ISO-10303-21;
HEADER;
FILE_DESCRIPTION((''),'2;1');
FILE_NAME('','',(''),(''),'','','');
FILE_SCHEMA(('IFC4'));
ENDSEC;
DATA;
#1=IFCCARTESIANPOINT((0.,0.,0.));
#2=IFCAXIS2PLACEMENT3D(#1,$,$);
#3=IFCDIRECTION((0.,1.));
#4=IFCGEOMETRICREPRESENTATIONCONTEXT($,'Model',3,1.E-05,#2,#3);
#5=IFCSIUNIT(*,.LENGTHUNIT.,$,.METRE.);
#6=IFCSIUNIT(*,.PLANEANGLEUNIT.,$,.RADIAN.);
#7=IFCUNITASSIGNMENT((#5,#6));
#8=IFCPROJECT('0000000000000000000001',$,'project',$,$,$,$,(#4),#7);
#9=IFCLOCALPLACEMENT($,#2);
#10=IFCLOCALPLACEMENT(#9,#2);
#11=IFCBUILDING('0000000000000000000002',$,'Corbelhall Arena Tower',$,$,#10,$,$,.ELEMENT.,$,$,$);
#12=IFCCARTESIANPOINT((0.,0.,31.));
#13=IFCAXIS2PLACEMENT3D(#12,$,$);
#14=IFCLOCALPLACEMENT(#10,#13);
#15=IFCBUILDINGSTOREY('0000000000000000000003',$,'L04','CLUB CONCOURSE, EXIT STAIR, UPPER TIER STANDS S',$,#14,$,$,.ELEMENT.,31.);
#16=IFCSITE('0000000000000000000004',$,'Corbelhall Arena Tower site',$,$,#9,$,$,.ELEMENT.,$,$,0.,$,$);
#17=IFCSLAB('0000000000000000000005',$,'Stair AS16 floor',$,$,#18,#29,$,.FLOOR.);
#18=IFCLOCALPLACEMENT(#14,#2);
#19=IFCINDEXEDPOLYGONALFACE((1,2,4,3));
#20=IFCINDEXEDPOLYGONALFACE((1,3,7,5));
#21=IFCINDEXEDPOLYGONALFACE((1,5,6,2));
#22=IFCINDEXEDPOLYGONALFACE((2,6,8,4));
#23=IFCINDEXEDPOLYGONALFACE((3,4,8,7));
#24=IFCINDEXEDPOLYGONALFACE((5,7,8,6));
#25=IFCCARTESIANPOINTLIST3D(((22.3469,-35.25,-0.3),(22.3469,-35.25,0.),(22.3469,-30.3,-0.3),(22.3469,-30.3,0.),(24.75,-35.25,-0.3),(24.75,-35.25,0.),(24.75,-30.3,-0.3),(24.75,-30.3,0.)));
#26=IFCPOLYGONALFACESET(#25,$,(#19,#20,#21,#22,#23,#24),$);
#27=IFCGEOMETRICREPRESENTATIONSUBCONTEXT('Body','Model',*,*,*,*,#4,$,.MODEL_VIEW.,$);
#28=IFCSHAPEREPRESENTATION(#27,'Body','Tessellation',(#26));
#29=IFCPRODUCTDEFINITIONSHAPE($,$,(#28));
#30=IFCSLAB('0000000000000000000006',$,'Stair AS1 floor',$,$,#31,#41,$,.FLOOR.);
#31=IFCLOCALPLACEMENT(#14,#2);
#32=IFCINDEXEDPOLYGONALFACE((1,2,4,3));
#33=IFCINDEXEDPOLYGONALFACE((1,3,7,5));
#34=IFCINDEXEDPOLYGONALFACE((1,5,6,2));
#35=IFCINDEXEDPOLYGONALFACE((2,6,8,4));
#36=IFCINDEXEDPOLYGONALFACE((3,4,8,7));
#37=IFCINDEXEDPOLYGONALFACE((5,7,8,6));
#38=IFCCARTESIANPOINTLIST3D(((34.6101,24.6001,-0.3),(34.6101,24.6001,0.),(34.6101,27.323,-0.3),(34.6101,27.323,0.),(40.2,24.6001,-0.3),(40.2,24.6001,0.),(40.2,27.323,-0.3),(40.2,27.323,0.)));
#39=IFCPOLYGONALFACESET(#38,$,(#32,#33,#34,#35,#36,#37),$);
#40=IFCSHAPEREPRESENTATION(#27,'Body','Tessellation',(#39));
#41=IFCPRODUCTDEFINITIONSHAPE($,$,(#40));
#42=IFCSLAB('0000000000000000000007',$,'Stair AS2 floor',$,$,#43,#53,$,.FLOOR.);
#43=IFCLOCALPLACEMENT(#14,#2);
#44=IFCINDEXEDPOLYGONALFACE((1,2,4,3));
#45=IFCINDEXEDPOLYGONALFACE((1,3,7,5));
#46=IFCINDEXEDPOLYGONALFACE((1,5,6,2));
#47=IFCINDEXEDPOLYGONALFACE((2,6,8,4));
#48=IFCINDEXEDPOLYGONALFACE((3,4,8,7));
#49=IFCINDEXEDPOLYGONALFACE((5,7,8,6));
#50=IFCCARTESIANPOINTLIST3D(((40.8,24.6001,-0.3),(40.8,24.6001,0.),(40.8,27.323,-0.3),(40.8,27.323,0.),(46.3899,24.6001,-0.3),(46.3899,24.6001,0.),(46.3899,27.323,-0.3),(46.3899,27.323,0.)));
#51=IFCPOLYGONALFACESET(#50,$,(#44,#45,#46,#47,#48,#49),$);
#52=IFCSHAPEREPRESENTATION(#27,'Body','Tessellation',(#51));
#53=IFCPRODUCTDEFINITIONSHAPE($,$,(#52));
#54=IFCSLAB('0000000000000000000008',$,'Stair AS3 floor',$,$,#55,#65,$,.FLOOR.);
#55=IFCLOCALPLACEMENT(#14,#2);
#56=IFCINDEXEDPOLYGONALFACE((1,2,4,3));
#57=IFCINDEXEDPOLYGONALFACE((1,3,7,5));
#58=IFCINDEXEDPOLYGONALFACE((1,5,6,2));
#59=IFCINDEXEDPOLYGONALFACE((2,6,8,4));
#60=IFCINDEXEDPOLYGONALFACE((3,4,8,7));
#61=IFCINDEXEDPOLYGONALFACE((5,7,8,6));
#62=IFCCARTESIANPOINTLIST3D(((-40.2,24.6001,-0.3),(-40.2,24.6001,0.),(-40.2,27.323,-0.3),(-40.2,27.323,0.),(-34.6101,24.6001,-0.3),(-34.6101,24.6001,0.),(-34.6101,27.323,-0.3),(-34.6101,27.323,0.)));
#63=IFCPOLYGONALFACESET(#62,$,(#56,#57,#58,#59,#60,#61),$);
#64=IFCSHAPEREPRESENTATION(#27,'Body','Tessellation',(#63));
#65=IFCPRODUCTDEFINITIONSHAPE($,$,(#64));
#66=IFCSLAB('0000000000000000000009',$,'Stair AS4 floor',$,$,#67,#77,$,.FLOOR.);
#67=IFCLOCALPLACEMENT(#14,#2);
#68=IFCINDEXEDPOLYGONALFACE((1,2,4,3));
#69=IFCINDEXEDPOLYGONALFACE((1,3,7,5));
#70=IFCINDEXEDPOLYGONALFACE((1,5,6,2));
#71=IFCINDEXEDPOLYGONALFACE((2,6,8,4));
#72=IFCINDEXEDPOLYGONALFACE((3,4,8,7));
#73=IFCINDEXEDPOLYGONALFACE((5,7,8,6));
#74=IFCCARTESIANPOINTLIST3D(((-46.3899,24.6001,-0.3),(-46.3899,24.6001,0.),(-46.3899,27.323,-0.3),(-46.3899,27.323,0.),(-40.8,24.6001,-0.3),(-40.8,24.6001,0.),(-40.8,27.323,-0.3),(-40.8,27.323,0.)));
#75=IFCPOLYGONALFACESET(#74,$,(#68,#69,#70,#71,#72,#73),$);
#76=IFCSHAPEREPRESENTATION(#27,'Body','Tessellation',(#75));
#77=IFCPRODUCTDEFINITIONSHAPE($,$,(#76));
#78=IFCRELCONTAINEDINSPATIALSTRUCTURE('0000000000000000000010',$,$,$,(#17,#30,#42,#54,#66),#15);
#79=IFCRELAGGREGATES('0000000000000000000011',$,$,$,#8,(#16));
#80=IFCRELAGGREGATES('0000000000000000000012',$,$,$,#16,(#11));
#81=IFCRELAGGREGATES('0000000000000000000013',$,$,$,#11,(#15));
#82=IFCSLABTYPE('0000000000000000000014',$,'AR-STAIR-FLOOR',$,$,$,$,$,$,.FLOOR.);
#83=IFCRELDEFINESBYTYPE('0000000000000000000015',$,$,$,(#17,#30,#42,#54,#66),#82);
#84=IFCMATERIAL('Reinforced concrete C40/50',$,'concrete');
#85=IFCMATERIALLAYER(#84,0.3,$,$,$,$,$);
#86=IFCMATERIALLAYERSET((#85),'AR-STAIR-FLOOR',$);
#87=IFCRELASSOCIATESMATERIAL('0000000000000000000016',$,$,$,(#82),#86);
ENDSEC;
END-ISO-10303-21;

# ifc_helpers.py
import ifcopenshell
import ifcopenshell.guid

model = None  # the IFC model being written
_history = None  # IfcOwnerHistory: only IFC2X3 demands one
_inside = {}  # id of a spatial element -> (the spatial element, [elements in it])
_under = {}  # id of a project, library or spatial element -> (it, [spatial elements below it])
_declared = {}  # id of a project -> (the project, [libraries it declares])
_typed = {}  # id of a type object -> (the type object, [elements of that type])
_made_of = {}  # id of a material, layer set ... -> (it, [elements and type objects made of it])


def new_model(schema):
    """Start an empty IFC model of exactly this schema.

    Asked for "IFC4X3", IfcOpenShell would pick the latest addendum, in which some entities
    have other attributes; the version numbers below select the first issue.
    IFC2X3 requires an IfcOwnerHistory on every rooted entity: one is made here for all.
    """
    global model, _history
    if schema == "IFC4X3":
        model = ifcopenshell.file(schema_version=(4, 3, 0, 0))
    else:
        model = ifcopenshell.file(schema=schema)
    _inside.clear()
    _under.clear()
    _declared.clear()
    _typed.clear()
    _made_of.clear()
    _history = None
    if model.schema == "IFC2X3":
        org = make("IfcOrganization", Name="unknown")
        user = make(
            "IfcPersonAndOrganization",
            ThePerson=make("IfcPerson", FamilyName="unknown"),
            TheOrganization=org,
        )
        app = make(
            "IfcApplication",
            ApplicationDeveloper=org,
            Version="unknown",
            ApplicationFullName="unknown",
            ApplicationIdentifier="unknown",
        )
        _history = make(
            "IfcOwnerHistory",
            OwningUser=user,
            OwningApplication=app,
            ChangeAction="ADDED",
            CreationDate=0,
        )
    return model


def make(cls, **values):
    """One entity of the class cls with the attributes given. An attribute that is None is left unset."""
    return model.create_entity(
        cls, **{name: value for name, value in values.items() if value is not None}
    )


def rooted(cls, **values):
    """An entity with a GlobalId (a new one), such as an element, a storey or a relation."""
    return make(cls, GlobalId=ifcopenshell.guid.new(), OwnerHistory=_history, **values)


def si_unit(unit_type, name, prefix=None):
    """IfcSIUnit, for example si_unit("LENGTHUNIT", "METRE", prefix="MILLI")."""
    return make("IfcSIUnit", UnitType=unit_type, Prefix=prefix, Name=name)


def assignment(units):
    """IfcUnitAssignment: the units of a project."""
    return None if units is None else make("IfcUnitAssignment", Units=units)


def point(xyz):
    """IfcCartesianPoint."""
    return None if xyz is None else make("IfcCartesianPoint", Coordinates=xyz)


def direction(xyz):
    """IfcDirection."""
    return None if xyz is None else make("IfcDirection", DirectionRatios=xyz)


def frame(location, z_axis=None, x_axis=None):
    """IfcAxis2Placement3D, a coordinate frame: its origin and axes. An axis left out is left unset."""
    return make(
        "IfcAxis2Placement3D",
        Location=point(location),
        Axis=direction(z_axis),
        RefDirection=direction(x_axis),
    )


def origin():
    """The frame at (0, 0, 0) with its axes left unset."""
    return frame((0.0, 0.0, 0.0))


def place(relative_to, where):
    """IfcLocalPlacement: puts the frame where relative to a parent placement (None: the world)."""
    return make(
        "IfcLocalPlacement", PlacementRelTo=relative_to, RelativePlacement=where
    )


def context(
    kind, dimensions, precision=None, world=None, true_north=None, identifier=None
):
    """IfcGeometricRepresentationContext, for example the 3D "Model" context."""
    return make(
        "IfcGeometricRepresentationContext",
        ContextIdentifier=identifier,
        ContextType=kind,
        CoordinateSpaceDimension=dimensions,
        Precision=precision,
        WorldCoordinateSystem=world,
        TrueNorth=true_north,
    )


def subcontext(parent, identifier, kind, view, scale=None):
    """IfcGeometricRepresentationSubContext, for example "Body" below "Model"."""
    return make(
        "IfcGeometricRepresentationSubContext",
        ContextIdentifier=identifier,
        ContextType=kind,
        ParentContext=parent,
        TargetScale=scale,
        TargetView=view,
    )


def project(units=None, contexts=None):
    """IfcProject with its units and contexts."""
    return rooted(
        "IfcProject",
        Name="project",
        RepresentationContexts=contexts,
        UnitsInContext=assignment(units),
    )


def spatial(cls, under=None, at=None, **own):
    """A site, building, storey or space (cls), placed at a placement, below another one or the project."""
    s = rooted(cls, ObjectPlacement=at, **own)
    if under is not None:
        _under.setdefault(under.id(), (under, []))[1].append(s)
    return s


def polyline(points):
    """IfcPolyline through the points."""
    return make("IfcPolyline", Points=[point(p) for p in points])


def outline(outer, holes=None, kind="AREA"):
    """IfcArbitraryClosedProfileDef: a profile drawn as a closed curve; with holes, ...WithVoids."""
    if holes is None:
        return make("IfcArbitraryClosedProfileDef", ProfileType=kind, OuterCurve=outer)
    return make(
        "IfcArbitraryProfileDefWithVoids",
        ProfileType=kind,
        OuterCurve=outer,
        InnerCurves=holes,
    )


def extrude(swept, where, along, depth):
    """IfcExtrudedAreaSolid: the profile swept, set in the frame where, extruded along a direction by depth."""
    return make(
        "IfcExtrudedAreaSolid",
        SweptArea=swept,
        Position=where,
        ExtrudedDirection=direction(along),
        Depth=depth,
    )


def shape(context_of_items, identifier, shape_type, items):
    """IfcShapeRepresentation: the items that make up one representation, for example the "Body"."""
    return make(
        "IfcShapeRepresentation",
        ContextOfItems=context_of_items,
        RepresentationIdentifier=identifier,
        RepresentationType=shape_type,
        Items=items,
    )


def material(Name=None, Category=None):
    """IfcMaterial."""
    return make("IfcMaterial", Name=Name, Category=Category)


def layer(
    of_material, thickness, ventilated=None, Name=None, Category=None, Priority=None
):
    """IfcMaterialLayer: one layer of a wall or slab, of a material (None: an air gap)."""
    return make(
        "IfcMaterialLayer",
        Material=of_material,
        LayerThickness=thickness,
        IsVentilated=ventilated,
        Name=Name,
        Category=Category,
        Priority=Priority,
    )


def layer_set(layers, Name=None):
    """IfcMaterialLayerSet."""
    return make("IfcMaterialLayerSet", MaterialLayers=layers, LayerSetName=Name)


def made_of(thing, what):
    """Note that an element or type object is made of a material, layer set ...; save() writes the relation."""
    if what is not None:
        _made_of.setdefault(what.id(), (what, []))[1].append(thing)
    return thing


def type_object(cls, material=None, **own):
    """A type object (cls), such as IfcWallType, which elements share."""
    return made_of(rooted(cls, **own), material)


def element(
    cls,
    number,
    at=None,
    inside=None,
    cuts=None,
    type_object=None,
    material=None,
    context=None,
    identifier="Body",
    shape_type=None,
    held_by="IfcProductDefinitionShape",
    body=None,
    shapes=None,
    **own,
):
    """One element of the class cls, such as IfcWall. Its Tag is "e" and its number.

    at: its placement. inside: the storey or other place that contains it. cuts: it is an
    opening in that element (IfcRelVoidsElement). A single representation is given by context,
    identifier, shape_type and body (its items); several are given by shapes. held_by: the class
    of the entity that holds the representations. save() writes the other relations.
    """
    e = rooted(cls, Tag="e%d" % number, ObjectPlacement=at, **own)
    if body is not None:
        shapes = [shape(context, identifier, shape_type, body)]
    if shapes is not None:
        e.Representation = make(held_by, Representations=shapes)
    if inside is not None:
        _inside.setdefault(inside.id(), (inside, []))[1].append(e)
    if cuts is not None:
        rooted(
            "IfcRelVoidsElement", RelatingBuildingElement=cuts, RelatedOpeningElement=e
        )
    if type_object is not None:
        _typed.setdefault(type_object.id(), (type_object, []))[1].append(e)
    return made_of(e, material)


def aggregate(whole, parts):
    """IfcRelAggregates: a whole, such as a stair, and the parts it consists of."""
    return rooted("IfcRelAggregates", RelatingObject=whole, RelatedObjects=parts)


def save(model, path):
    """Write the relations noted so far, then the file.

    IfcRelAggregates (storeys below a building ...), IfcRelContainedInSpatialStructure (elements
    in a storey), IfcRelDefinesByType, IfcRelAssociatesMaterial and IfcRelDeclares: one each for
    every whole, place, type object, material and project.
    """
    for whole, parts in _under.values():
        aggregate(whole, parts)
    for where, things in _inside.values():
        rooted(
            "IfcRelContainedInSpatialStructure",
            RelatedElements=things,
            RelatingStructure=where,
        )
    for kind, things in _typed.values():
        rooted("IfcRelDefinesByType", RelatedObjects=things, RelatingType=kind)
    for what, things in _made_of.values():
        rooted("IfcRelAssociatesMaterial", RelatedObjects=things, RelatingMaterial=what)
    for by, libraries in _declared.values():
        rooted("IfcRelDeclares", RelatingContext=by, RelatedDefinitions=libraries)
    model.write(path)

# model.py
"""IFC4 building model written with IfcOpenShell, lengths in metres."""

from ifc_helpers import new_model, si_unit, direction, frame, origin, place, context, subcontext, project, spatial, polyline, outline, extrude, material, layer, layer_set, type_object, element, save


model = new_model("IFC4")

# Units and contexts
model_context = context("Model", 3, precision=1e-05, world=origin(), true_north=direction((0.0, 1.0)))
body_context = subcontext(model_context, "Body", "Model", "MODEL_VIEW")
ifc_project = project(units=[si_unit("LENGTHUNIT", "METRE"), si_unit("PLANEANGLEUNIT", "RADIAN")], contexts=[model_context])

# Site, building, storey
site_placement = place(None, origin())
site = spatial("IfcSite", under=ifc_project, at=site_placement, Name="Corbelhall Arena Tower site", CompositionType="ELEMENT", RefElevation=0.0)
building_placement = place(site_placement, origin())
building = spatial("IfcBuilding", under=site, at=building_placement, Name="Corbelhall Arena Tower", CompositionType="ELEMENT")
storey_placement = place(building_placement, frame((0.0, 0.0, 31.0)))
storey = spatial("IfcBuildingStorey", under=building, at=storey_placement, Name="L04", Description="CLUB CONCOURSE, EXIT STAIR, UPPER TIER STANDS S", CompositionType="ELEMENT", Elevation=31.0)

# Shared definitions
ifc_material = material(Name="Reinforced concrete C40/50", Category="concrete")

# Slabs
ifc_layer_1 = layer(ifc_material, 0.3)
ifc_layer_set_1 = layer_set([ifc_layer_1], Name="AR-STAIR-FLOOR")
slab_type_1 = type_object("IfcSlabType", Name="AR-STAIR-FLOOR", PredefinedType="FLOOR", material=ifc_layer_set_1)
slab_1_placement = place(storey_placement, frame((0.0, 0.0, -0.3)))
element("IfcSlab", 1, at=slab_1_placement, inside=storey, type_object=slab_type_1, Name="Stair AS16 floor", PredefinedType="FLOOR", context=body_context, shape_type="SweptSolid", body=[
    extrude(outline(polyline([(24.75, -30.3), (24.75, -35.25), (22.3469, -35.25), (22.3469, -30.3), (24.75, -30.3)])), origin(), (0.0, 0.0, 1.0), 0.3),
])
slab_2_placement = place(storey_placement, frame((0.0, 0.0, -0.3)))
element("IfcSlab", 2, at=slab_2_placement, inside=storey, type_object=slab_type_1, Name="Stair AS1 floor", PredefinedType="FLOOR", context=body_context, shape_type="SweptSolid", body=[
    extrude(outline(polyline([(40.2, 24.6001), (34.6101, 24.6001), (34.6101, 27.323), (40.2, 27.323), (40.2, 24.6001)])), origin(), (0.0, 0.0, 1.0), 0.3),
])
slab_3_placement = place(storey_placement, frame((0.0, 0.0, -0.3)))
element("IfcSlab", 3, at=slab_3_placement, inside=storey, type_object=slab_type_1, Name="Stair AS2 floor", PredefinedType="FLOOR", context=body_context, shape_type="SweptSolid", body=[
    extrude(outline(polyline([(46.3899, 24.6001), (40.8, 24.6001), (40.8, 27.323), (46.3899, 27.323), (46.3899, 24.6001)])), origin(), (0.0, 0.0, 1.0), 0.3),
])
slab_4_placement = place(storey_placement, frame((0.0, 0.0, -0.3)))
element("IfcSlab", 4, at=slab_4_placement, inside=storey, type_object=slab_type_1, Name="Stair AS3 floor", PredefinedType="FLOOR", context=body_context, shape_type="SweptSolid", body=[
    extrude(outline(polyline([(-34.6101, 24.6001), (-40.2, 24.6001), (-40.2, 27.323), (-34.6101, 27.323), (-34.6101, 24.6001)])), origin(), (0.0, 0.0, 1.0), 0.3),
])
slab_5_placement = place(storey_placement, frame((0.0, 0.0, -0.3)))
element("IfcSlab", 5, at=slab_5_placement, inside=storey, type_object=slab_type_1, Name="Stair AS4 floor", PredefinedType="FLOOR", context=body_context, shape_type="SweptSolid", body=[
    extrude(outline(polyline([(-40.8, 24.6001), (-46.3899, 24.6001), (-46.3899, 27.323), (-40.8, 27.323), (-40.8, 24.6001)])), origin(), (0.0, 0.0, 1.0), 0.3),
])

save(model, "model.ifc")
